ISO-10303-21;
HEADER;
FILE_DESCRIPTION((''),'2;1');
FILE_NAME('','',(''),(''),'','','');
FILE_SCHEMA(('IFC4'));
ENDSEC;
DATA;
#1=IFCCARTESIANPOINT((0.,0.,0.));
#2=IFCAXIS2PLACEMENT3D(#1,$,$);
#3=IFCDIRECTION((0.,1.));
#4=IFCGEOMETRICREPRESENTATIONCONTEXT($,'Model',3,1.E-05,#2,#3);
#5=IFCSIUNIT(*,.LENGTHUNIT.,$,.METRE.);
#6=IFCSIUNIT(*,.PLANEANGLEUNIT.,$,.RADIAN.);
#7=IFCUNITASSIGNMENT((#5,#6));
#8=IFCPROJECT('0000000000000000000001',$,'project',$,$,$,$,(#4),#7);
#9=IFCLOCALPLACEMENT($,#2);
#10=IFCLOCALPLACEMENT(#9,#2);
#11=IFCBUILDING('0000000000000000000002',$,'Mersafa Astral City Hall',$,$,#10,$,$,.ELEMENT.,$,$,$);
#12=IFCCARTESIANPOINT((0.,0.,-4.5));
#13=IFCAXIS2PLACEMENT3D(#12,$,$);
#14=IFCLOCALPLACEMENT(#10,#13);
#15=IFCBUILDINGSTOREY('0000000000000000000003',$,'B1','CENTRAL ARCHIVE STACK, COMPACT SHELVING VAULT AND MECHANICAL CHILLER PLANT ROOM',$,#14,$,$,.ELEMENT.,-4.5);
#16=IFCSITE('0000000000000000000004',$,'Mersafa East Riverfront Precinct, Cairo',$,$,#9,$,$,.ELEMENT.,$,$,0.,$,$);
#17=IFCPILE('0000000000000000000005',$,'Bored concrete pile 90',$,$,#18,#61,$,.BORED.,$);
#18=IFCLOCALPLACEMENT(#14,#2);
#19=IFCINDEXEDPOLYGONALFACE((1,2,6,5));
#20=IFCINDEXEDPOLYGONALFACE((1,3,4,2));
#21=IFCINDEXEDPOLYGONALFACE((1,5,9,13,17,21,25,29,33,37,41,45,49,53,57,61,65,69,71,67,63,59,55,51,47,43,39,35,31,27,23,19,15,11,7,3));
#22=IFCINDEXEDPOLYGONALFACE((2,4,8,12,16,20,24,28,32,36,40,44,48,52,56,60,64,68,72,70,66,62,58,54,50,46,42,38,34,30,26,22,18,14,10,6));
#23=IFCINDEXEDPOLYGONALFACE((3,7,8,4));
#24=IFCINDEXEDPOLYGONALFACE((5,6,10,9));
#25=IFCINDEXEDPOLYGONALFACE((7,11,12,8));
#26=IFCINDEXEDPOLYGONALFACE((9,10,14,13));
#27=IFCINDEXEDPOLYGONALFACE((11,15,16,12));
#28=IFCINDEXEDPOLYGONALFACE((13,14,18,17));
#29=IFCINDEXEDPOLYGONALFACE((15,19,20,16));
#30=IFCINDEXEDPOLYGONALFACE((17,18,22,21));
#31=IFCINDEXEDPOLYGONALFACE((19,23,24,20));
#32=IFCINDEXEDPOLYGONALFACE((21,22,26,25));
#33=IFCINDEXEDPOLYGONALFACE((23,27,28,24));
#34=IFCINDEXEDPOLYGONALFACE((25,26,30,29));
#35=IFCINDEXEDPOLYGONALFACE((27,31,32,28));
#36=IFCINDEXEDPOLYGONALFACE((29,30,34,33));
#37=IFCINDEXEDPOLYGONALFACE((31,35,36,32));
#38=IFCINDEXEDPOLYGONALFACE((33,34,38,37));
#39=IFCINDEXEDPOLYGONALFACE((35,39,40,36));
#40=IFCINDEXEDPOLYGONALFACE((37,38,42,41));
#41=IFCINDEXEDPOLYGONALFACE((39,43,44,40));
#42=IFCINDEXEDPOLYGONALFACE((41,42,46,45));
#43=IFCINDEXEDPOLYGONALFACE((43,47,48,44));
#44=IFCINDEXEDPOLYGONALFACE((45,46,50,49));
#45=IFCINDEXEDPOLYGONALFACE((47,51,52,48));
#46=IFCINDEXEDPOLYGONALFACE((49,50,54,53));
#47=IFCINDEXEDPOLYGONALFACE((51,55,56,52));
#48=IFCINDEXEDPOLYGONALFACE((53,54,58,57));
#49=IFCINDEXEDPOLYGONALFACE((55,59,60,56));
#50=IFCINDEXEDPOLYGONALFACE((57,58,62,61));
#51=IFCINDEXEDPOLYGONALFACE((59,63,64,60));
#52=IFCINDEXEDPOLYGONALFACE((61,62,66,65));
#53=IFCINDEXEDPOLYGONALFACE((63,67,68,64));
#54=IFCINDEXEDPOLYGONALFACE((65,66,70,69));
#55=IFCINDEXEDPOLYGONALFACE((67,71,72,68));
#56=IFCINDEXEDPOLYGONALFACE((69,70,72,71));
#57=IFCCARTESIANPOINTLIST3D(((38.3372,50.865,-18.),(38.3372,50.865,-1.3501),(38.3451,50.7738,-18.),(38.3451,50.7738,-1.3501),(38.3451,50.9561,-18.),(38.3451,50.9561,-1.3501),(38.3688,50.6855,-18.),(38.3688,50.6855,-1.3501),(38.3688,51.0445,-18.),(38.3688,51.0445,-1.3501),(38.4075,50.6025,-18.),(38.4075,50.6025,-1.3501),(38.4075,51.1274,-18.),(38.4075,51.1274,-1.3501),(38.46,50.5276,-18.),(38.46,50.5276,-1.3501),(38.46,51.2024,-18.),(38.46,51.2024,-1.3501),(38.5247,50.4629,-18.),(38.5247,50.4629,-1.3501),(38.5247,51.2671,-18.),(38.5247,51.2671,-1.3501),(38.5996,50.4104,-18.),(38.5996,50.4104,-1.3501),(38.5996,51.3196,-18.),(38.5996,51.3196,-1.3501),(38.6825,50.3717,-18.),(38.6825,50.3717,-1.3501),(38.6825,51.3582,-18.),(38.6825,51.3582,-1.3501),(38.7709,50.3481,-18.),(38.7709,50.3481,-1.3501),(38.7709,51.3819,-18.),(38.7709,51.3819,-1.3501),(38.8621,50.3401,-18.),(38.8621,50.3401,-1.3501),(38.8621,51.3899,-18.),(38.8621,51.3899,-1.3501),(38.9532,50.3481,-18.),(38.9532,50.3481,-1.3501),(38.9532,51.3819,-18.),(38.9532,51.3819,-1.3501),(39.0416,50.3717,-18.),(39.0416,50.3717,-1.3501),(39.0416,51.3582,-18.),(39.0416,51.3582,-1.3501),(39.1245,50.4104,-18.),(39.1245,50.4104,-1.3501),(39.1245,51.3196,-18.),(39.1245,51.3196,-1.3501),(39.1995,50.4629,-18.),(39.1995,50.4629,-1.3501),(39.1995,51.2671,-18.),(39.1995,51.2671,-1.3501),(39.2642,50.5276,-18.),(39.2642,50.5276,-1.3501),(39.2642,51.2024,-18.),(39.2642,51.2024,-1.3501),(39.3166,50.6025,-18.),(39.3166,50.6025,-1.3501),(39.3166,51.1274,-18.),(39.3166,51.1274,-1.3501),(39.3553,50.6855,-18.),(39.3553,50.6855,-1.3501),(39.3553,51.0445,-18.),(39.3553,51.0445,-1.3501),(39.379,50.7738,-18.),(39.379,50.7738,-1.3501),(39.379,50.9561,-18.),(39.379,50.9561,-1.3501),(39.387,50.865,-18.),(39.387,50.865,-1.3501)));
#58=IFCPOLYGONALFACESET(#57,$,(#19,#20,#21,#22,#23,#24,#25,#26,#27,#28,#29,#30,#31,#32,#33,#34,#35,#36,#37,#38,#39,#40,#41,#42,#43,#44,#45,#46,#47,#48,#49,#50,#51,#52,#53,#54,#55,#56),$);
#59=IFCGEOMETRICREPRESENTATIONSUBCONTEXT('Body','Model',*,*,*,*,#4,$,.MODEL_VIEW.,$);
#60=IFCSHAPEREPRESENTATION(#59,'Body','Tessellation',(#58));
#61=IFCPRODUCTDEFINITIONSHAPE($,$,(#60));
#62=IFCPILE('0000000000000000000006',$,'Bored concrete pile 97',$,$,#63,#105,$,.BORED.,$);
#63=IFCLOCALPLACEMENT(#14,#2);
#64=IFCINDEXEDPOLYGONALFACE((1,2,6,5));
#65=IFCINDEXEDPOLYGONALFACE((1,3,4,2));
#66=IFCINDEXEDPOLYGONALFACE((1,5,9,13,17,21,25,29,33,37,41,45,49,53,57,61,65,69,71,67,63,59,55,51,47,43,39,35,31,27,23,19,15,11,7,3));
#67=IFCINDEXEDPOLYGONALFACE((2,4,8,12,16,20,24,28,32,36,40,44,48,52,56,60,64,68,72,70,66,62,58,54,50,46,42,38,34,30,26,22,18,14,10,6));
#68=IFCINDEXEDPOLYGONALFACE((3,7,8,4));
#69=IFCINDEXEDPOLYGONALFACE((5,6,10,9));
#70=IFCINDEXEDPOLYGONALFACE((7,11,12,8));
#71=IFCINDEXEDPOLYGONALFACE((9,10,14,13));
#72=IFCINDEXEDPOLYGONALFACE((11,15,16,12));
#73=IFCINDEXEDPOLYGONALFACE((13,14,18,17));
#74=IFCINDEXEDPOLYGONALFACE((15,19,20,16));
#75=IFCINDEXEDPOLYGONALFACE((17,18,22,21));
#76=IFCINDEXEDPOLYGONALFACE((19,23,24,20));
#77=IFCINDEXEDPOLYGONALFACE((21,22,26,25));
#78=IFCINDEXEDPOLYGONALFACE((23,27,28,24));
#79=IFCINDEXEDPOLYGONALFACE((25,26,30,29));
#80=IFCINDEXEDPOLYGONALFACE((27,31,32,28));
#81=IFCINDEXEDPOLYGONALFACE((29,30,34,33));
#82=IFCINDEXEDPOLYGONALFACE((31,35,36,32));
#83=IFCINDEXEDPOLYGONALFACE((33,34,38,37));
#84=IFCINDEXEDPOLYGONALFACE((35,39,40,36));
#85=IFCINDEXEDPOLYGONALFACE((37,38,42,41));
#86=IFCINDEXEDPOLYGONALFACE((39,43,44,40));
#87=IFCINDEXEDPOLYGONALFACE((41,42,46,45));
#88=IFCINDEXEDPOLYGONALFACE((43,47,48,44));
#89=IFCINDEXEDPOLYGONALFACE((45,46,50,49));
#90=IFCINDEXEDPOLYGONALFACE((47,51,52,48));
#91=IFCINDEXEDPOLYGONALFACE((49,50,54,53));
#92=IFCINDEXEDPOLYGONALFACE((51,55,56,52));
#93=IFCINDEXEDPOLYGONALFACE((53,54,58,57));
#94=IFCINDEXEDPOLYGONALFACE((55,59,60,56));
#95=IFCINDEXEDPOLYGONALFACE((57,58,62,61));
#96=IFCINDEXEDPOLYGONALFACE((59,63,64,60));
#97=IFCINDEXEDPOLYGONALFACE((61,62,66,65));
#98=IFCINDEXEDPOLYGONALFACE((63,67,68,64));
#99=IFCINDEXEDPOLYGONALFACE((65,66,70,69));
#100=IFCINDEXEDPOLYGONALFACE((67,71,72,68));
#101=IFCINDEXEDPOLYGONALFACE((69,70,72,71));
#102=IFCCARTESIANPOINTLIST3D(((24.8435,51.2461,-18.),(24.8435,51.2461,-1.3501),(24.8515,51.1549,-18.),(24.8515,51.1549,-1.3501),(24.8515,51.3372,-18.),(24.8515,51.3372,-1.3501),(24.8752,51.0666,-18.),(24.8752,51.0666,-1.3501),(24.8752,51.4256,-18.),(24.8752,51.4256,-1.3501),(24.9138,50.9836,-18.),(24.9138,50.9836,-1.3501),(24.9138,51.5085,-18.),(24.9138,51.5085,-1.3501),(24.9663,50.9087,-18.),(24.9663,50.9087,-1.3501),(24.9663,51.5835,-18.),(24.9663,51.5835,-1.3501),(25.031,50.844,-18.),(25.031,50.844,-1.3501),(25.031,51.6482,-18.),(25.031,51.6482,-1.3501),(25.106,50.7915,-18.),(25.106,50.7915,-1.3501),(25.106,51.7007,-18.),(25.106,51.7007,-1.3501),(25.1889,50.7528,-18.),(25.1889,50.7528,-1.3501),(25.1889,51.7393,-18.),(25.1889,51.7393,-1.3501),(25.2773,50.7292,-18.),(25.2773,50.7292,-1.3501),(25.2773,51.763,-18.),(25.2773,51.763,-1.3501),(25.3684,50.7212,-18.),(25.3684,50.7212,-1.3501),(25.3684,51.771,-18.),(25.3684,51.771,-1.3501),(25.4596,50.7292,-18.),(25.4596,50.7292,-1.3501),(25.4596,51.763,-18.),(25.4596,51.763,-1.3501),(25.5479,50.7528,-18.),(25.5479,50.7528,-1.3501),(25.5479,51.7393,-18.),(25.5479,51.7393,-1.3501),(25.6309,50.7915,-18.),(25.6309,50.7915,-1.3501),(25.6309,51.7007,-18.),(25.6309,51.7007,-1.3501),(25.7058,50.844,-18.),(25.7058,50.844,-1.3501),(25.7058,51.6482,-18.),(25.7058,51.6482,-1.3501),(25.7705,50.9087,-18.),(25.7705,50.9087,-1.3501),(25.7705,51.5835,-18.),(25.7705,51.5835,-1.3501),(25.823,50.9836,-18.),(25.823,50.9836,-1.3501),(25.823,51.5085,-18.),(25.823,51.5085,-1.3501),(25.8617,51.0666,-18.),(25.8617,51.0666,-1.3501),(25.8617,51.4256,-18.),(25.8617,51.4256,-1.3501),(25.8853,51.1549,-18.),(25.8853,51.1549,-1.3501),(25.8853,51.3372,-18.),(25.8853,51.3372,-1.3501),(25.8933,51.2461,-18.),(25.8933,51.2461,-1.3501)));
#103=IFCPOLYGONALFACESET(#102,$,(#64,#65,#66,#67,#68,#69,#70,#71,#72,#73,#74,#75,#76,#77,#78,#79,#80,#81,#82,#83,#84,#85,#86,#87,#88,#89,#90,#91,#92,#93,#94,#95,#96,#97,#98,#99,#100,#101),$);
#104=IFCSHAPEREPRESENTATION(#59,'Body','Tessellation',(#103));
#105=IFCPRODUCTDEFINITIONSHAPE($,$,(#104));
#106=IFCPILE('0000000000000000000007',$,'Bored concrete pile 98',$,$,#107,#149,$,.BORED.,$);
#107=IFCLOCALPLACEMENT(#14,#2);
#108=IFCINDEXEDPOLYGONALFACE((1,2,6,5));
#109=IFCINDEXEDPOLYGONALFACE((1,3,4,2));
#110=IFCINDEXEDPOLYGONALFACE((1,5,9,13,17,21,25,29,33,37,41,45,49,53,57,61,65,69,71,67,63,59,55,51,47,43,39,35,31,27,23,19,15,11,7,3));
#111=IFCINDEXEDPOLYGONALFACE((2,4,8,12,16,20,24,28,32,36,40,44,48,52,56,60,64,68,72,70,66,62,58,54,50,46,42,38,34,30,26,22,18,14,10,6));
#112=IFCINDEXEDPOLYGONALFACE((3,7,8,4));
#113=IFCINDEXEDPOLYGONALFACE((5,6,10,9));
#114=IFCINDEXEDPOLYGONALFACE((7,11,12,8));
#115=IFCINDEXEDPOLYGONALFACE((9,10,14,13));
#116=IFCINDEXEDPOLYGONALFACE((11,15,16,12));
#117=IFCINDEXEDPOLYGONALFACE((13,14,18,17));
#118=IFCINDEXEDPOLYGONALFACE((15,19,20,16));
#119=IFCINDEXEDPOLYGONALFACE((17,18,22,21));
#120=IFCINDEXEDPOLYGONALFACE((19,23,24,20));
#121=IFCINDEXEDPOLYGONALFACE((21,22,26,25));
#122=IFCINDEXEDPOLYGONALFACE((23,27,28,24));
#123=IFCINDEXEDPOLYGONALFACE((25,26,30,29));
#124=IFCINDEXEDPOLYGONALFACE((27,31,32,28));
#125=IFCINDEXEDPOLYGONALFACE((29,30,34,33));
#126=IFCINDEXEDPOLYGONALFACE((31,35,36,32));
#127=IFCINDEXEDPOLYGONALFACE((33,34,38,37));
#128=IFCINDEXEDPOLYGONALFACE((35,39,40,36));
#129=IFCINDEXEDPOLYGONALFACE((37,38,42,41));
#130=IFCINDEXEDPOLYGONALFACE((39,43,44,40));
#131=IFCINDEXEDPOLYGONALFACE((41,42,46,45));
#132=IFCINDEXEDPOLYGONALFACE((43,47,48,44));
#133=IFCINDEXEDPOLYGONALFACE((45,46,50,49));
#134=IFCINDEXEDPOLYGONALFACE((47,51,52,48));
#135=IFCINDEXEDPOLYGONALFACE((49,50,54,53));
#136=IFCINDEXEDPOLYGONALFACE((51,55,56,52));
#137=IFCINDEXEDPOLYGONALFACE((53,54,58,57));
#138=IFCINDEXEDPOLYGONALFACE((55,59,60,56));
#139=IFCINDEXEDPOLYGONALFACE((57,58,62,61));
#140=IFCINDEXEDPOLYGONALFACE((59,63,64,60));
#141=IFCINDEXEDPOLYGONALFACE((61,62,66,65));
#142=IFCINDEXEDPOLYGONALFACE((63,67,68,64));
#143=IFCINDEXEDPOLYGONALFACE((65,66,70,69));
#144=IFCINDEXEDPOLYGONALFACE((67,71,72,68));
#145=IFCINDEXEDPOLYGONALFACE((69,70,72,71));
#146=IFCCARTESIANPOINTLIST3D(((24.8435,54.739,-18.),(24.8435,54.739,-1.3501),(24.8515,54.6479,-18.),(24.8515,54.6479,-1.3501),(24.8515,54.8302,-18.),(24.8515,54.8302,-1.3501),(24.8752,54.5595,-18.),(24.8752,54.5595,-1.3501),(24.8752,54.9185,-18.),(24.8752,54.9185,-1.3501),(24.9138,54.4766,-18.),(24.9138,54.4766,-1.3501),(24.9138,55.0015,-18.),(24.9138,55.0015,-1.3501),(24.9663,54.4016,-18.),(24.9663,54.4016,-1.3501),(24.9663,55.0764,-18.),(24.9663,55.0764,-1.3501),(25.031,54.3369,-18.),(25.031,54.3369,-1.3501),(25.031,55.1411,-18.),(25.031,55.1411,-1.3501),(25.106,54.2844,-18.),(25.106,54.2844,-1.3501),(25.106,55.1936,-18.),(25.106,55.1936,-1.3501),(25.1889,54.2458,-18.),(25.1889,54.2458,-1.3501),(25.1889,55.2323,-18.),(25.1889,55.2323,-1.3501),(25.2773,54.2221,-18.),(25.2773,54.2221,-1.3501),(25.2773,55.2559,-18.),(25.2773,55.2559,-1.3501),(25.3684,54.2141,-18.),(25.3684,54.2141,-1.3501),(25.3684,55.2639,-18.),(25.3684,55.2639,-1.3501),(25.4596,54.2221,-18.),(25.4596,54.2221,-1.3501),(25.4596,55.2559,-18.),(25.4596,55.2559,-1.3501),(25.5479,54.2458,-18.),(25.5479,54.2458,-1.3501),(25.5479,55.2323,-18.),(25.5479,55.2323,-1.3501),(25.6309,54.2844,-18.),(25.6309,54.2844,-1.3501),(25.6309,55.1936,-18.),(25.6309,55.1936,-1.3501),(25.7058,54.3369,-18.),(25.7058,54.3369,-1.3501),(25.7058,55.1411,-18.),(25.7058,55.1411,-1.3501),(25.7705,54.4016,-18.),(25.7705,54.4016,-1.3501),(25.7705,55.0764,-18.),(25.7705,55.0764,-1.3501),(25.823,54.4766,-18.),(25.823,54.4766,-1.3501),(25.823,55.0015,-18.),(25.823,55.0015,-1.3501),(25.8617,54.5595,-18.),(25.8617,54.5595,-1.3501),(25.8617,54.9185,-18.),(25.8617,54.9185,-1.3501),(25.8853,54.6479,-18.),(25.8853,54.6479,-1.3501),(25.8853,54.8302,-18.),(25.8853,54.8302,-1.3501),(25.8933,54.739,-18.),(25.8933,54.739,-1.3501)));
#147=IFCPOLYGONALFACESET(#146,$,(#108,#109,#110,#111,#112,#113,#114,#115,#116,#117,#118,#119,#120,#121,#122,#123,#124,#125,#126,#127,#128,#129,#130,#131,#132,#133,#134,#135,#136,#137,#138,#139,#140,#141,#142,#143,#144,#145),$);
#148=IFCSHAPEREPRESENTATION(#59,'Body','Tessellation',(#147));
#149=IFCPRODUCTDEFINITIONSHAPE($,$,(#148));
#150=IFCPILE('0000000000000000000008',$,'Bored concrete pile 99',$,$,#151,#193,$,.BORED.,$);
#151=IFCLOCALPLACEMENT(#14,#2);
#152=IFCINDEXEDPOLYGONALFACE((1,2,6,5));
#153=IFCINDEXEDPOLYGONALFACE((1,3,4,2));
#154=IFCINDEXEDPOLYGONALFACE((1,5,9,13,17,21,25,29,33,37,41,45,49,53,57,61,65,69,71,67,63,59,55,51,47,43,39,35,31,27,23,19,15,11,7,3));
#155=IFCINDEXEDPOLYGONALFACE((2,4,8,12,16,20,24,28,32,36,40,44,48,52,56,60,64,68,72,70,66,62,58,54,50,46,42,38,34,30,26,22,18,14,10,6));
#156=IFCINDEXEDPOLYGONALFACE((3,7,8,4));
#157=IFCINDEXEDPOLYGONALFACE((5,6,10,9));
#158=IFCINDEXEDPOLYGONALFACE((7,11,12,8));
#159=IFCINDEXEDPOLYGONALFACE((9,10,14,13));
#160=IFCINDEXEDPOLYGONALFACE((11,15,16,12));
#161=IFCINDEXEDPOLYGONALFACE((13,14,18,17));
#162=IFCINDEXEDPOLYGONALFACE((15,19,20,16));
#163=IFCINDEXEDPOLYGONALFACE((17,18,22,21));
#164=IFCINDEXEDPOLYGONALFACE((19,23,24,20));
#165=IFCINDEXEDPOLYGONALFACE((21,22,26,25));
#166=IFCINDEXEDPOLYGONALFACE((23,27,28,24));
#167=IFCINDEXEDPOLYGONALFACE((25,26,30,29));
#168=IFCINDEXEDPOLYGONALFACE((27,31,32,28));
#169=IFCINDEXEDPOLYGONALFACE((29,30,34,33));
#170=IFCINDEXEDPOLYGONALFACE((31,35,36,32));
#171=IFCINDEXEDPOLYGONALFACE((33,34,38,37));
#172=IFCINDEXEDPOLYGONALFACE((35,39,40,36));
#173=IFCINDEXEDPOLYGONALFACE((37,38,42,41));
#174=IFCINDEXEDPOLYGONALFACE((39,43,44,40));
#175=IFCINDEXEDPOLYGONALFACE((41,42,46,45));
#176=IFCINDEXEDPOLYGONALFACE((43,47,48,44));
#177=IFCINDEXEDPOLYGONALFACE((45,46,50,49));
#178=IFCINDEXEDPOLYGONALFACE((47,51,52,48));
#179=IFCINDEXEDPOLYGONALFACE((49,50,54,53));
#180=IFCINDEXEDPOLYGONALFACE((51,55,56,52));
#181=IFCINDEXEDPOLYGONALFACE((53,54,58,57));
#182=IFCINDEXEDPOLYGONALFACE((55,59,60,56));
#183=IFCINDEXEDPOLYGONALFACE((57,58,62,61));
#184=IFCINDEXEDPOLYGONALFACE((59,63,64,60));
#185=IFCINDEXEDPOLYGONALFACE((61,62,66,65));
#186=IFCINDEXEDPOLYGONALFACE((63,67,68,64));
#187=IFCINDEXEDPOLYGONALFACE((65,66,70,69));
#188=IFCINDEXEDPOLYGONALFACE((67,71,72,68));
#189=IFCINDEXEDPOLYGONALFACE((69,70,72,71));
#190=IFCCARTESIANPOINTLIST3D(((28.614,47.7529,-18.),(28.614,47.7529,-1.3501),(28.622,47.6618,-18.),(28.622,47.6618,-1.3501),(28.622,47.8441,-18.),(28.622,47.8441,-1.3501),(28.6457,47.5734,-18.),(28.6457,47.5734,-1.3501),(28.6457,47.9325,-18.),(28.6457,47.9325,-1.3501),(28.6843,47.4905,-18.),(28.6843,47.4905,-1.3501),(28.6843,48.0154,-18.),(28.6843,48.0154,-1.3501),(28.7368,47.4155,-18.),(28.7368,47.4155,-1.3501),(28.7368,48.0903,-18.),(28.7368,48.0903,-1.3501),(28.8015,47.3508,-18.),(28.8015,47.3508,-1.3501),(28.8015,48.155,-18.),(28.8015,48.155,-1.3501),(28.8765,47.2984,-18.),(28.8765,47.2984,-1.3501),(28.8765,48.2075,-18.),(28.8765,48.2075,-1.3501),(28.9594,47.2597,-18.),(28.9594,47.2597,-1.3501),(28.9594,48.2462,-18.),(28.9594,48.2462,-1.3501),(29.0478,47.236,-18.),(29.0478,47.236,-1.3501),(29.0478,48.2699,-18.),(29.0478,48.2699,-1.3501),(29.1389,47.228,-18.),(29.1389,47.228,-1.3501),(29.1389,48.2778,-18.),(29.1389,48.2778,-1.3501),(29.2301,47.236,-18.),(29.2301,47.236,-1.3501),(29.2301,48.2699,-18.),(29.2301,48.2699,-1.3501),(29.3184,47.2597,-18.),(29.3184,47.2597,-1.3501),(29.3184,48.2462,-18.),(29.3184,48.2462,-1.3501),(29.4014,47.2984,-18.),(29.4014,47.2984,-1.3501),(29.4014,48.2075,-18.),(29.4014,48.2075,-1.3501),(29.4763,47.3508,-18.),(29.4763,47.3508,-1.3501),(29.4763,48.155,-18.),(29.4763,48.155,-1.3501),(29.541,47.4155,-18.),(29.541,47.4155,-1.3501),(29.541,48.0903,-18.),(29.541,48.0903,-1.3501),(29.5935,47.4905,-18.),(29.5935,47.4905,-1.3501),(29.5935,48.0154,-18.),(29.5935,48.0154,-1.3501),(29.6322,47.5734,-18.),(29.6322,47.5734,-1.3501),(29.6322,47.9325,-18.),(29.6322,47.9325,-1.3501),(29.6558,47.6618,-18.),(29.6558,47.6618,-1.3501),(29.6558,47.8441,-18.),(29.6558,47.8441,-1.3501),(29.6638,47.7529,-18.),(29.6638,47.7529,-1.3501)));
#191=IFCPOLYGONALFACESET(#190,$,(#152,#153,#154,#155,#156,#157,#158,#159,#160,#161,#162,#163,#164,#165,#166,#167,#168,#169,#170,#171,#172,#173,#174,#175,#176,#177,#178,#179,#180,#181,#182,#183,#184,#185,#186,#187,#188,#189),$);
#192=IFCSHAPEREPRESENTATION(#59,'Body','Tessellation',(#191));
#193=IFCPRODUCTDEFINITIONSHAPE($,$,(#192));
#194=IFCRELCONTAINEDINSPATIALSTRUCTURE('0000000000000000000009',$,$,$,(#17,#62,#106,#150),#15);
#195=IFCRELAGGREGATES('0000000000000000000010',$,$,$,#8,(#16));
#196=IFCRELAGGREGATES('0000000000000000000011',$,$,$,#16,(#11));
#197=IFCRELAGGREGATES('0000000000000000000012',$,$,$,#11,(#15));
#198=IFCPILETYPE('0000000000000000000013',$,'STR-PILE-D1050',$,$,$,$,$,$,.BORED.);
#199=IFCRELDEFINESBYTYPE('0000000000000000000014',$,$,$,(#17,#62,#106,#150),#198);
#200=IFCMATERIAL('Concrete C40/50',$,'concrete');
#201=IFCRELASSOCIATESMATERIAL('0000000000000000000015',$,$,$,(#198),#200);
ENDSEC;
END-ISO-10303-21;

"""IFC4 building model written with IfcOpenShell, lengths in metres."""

from ifc_helpers import new_model, si_unit, direction, frame, origin, origin_2d, place, context, subcontext, project, spatial, circle, extrude, material, material_profile, profile_set, type_object, element, save


model = new_model("IFC4")

# Units and contexts
model_context = context("Model", 3, precision=1e-05, world=origin(), true_north=direction((0.0, 1.0)))
body_context = subcontext(model_context, "Body", "Model", "MODEL_VIEW")
ifc_project = project(units=[si_unit("LENGTHUNIT", "METRE"), si_unit("PLANEANGLEUNIT", "RADIAN")], contexts=[model_context])

# Site, building, storey
site_placement = place(None, origin())
site = spatial("IfcSite", under=ifc_project, at=site_placement, Name="Mersafa East Riverfront Precinct, Cairo", CompositionType="ELEMENT", RefElevation=0.0)
building_placement = place(site_placement, origin())
building = spatial("IfcBuilding", under=site, at=building_placement, Name="Mersafa Astral City Hall", CompositionType="ELEMENT")
storey_placement = place(building_placement, frame((0.0, 0.0, -4.5)))
storey = spatial("IfcBuildingStorey", under=building, at=storey_placement, Name="B1", Description="CENTRAL ARCHIVE STACK, COMPACT SHELVING VAULT AND MECHANICAL CHILLER PLANT ROOM", CompositionType="ELEMENT", Elevation=-4.5)

# Shared definitions
ifc_material = material(Name="Concrete C40/50", Category="concrete")

# Piles
ifc_material_profile_1 = material_profile(ifc_material, circle(Radius=0.5249, at=origin_2d()), Name="PILE D1050")
ifc_profile_set_1 = profile_set([ifc_material_profile_1], Name="Concrete C40/50")
pile_type_1 = type_object("IfcPileType", Name="STR-PILE-D1050", PredefinedType="BORED", material=ifc_profile_set_1)
for number, where, z_axis, x_axis, name in (
    (1, (38.8621, 50.865, -1.3501), (0.0, 0.0, -1.0), (1.0, 0.0, 0.0), "Bored concrete pile 90"),
    (2, (25.3684, 51.2461, -1.3501), (0.0, 0.0, -1.0), (1.0, 0.0, 0.0), "Bored concrete pile 97"),
    (3, (25.3684, 54.739, -1.3501), (0.0, 0.0, -1.0), (1.0, 0.0, 0.0), "Bored concrete pile 98"),
    (4, (29.1389, 47.7529, -1.3501), (0.0, 0.0, -1.0), (1.0, 0.0, 0.0), "Bored concrete pile 99"),
):
    element("IfcPile", number, at=place(storey_placement, frame(where, z_axis=z_axis, x_axis=x_axis)), inside=storey, type_object=pile_type_1, Name=name, PredefinedType="BORED", context=body_context, shape_type="SweptSolid", body=[
        extrude(circle(Radius=0.5249, at=origin_2d()), origin(), (0.0, 0.0, 1.0), 16.6499),
    ])

save(model, "model.ifc")
